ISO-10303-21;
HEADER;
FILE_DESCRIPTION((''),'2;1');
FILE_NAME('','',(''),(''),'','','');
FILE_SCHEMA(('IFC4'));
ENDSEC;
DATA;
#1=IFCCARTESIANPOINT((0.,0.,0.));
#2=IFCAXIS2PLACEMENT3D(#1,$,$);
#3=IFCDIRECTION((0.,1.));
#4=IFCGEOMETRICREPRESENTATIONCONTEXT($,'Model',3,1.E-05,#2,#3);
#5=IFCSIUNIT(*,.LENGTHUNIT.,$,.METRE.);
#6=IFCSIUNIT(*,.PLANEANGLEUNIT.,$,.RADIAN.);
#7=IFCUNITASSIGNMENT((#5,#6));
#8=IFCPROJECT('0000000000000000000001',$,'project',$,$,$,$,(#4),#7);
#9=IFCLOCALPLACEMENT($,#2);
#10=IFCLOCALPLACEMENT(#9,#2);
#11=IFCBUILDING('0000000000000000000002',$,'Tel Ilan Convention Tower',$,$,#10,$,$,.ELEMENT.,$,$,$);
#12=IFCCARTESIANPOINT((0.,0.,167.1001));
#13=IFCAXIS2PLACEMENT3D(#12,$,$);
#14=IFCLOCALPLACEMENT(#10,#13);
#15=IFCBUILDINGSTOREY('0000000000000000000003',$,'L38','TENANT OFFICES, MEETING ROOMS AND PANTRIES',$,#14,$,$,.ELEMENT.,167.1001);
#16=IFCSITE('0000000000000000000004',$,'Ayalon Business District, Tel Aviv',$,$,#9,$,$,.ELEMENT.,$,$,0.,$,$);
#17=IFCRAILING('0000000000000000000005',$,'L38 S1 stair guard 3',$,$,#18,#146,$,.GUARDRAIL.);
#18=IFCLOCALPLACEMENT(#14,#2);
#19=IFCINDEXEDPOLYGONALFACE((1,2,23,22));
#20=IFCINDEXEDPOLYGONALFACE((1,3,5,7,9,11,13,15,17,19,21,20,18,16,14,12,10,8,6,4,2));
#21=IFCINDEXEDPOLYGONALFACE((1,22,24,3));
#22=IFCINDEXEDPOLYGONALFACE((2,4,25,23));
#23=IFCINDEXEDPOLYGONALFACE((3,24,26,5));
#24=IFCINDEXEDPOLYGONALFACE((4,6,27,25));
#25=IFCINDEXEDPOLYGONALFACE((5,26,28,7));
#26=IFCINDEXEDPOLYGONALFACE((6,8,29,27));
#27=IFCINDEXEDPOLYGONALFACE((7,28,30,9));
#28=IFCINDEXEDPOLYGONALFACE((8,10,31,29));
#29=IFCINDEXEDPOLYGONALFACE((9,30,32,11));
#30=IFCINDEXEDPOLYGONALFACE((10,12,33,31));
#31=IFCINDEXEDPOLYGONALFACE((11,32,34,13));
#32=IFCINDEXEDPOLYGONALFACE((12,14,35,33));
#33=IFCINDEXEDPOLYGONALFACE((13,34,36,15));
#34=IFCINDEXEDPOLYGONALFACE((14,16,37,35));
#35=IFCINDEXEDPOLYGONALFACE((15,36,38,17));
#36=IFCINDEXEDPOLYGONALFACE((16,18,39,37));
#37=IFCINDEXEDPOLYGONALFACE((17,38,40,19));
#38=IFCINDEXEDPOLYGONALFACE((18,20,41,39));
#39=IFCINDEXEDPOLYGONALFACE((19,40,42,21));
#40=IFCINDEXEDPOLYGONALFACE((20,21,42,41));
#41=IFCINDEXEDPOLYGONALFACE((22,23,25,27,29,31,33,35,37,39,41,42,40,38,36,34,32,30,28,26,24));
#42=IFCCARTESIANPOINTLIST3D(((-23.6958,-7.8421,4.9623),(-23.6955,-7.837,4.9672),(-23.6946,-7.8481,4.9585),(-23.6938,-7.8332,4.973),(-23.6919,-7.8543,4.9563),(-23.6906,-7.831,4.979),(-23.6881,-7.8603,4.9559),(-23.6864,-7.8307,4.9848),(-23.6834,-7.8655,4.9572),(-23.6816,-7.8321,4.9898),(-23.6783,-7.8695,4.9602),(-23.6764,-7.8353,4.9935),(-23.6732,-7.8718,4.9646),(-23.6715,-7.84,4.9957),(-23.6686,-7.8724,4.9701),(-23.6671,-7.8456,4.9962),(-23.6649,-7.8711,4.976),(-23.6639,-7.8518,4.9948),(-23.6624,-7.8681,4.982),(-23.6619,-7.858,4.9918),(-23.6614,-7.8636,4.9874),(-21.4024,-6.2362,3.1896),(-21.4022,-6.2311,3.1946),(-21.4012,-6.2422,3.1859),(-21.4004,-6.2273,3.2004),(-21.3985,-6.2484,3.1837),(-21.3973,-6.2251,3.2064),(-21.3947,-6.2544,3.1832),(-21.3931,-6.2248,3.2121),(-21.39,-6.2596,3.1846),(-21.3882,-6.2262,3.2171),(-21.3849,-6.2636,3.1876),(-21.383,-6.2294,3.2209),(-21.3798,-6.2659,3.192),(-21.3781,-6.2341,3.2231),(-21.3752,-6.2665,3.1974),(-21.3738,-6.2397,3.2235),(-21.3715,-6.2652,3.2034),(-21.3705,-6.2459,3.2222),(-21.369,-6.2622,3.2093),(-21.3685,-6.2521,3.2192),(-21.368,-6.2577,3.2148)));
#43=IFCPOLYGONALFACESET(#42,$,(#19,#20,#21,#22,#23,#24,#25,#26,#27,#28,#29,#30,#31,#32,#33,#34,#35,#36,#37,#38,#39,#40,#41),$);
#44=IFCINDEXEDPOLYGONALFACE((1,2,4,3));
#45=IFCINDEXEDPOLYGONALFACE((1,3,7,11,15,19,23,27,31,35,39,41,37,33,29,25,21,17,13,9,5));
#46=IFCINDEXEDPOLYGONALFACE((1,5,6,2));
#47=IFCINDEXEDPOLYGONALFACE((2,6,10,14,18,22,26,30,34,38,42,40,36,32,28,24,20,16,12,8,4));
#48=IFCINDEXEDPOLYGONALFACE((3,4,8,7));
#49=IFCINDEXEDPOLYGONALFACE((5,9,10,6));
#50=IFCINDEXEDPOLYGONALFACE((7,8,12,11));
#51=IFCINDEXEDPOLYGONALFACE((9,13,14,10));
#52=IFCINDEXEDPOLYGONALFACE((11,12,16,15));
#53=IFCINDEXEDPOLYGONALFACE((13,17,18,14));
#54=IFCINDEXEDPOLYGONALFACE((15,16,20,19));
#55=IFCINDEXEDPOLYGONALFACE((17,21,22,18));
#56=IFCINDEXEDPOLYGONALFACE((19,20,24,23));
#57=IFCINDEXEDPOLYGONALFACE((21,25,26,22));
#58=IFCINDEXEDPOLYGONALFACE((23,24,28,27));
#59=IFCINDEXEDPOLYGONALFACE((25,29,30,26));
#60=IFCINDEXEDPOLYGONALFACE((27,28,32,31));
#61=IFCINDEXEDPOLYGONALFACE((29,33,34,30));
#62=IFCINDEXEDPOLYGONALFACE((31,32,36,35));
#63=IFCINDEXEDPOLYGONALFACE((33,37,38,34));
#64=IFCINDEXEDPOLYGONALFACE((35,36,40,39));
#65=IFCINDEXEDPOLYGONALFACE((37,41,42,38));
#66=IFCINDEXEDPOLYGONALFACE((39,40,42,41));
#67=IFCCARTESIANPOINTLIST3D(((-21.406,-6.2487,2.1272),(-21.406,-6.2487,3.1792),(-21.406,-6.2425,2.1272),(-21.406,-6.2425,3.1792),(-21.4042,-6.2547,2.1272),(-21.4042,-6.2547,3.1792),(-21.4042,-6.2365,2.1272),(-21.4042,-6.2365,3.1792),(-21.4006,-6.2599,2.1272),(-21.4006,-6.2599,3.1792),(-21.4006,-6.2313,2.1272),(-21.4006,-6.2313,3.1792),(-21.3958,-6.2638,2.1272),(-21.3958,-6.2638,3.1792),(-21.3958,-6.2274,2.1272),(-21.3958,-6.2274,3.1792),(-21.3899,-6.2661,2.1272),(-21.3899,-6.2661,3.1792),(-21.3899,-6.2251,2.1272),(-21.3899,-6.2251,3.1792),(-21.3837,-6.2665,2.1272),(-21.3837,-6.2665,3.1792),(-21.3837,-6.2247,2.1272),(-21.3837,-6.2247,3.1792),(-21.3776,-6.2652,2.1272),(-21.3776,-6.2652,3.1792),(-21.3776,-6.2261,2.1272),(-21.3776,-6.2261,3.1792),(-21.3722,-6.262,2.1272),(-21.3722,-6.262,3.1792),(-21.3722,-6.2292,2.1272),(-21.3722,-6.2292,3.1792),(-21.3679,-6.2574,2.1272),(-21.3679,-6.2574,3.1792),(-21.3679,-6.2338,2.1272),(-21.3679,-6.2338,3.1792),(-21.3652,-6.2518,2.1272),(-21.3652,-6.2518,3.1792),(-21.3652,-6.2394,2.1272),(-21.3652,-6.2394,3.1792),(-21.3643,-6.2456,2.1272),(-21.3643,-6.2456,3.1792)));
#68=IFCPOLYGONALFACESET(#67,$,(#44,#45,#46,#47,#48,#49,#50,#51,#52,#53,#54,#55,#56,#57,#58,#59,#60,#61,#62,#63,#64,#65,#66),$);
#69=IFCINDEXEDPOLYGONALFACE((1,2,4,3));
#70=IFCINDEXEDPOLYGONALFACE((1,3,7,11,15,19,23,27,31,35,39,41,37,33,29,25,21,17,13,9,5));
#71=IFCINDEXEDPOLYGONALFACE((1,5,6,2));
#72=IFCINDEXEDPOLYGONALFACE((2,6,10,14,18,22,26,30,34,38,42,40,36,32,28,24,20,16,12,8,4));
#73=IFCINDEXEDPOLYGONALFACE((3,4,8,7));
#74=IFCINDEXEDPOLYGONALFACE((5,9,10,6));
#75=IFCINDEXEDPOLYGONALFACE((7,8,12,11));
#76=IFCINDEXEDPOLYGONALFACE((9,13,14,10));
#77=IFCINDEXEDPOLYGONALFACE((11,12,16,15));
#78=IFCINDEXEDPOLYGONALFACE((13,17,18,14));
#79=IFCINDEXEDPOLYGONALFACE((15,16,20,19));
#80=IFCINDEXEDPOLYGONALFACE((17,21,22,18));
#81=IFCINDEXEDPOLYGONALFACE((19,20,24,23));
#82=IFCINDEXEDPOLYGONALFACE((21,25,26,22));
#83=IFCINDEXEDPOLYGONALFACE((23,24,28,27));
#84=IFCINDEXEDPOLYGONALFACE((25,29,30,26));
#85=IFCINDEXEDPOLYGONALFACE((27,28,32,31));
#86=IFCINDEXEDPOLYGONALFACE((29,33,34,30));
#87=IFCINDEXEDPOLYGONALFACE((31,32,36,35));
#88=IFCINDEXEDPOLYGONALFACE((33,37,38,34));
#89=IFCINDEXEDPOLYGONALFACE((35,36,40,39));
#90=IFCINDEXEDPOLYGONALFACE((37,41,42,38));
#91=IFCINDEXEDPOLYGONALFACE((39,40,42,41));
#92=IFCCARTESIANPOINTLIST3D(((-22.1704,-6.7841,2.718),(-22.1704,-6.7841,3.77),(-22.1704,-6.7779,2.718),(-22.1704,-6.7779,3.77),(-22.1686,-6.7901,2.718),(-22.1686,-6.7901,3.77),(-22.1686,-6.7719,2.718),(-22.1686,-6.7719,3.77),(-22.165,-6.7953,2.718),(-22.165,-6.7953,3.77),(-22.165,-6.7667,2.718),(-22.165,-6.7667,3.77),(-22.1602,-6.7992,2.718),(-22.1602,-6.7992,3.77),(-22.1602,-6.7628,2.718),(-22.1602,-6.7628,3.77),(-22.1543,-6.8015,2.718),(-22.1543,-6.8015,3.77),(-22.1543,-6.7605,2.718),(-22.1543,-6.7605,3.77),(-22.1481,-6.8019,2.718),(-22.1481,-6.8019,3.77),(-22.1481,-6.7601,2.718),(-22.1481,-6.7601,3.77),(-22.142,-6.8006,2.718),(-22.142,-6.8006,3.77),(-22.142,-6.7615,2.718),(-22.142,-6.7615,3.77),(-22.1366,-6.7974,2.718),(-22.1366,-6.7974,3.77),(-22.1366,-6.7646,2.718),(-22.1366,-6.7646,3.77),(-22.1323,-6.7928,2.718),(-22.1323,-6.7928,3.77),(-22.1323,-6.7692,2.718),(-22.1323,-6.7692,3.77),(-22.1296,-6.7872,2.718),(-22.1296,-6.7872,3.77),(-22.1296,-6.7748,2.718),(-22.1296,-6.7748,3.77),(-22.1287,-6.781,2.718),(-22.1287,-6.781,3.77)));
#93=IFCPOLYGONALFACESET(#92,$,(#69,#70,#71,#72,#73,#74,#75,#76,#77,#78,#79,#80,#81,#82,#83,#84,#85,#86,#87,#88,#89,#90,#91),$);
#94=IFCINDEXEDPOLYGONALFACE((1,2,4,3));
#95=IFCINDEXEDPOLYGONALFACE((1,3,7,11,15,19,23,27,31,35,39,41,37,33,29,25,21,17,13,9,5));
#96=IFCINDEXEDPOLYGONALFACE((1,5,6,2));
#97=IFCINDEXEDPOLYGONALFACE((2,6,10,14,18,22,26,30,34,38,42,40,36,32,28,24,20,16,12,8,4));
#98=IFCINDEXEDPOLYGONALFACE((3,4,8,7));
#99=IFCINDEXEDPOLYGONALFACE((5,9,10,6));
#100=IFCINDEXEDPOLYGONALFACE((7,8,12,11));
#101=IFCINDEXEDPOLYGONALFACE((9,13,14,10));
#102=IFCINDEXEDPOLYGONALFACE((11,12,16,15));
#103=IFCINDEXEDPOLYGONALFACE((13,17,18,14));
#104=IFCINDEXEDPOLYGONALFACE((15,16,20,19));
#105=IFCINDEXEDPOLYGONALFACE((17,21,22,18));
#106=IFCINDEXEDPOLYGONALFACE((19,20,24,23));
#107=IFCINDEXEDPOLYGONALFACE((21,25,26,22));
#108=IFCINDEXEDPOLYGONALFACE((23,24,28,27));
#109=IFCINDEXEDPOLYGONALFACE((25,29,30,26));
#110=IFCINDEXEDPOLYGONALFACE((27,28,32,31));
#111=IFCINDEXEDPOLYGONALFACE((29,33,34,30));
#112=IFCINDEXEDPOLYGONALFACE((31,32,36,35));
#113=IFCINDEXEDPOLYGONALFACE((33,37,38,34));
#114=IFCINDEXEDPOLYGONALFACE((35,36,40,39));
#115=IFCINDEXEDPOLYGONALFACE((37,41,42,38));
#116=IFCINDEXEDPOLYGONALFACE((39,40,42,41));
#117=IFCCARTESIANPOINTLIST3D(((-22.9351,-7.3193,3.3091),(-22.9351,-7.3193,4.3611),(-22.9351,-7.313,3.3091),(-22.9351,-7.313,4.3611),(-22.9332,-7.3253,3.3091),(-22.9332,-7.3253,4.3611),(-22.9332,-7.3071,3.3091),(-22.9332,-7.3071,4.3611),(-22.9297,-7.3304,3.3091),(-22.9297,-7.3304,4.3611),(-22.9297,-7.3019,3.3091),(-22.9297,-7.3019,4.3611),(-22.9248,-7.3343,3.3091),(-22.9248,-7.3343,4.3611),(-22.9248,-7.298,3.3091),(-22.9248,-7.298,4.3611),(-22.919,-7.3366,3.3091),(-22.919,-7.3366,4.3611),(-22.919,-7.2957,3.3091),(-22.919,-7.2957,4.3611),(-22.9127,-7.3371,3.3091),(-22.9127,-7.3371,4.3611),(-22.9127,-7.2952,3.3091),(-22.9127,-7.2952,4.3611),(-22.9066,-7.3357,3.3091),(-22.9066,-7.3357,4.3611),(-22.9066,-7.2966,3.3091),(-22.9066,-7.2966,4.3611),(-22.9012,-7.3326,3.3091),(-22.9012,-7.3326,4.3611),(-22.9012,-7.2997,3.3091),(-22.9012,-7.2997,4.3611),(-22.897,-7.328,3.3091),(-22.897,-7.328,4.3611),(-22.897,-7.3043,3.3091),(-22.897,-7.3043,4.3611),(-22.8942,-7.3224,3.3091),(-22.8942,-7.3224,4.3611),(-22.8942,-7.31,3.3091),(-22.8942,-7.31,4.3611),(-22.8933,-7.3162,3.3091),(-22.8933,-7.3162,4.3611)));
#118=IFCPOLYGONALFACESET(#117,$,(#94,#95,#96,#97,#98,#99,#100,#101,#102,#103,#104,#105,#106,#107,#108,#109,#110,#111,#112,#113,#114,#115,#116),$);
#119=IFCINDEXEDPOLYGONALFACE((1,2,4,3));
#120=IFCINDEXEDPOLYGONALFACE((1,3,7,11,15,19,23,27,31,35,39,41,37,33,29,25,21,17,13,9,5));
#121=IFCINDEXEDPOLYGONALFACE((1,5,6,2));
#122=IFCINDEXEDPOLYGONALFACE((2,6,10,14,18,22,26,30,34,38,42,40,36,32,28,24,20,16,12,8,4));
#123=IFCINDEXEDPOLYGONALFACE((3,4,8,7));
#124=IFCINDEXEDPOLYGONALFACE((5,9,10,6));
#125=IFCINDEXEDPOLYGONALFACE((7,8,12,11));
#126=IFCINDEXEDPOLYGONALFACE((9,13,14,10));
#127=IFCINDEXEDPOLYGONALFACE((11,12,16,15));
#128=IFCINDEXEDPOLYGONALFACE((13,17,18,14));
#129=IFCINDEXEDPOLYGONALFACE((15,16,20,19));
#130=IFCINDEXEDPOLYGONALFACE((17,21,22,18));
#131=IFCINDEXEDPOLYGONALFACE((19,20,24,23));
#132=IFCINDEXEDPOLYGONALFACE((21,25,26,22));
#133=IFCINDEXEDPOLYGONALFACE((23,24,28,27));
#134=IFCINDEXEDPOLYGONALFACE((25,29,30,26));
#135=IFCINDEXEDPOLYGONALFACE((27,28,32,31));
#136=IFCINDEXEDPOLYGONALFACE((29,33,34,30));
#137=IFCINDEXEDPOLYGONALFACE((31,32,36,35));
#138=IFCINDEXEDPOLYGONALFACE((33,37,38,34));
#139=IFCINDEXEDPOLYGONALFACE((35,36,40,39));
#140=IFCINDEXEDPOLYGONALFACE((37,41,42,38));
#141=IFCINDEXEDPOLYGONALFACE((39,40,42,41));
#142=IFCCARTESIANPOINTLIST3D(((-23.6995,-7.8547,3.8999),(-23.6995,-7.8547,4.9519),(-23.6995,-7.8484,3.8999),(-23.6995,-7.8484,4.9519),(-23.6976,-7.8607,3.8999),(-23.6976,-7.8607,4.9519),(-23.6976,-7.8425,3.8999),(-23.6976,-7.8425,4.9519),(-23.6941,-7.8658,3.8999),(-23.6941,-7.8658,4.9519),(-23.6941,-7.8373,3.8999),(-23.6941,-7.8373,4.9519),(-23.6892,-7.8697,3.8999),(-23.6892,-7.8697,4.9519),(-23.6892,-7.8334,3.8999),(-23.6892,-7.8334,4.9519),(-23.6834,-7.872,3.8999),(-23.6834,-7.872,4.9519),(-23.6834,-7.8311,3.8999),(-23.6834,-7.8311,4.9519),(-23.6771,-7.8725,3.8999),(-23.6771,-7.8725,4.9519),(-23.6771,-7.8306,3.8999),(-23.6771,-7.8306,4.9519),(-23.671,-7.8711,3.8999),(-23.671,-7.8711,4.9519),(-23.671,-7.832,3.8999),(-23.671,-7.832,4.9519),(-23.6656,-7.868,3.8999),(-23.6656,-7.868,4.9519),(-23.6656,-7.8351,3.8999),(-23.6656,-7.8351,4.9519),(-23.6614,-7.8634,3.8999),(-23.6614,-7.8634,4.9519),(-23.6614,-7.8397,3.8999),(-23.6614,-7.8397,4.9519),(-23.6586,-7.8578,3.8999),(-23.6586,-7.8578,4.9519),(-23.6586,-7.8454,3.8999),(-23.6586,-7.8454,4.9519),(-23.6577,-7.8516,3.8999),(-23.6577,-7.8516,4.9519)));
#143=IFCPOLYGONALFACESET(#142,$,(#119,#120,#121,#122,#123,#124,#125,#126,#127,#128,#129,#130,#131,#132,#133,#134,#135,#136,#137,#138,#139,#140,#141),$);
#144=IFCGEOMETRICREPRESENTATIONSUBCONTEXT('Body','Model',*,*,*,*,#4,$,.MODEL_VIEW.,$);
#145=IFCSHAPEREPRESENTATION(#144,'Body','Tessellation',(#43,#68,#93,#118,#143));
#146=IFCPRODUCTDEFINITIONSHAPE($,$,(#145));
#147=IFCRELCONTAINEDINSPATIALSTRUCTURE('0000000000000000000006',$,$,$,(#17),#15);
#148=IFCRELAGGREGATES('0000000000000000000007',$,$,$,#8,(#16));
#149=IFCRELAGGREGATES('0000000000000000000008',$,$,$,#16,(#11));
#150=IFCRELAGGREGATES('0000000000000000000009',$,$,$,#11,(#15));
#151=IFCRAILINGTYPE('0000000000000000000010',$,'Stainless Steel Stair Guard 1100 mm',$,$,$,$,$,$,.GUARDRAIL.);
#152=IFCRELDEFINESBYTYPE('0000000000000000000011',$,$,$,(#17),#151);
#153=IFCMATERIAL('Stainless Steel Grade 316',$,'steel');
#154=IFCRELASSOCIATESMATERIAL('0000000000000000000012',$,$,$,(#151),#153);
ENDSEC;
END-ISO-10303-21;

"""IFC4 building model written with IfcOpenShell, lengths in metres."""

from ifc_helpers import new_model, si_unit, direction, frame, origin, origin_2d, place, context, subcontext, project, spatial, circle, extrude, material, type_object, element, save


model = new_model("IFC4")

# Units and contexts
model_context = context("Model", 3, precision=1e-05, world=origin(), true_north=direction((0.0, 1.0)))
body_context = subcontext(model_context, "Body", "Model", "MODEL_VIEW")
ifc_project = project(units=[si_unit("LENGTHUNIT", "METRE"), si_unit("PLANEANGLEUNIT", "RADIAN")], contexts=[model_context])

# Site, building, storey
site_placement = place(None, origin())
site = spatial("IfcSite", under=ifc_project, at=site_placement, Name="Ayalon Business District, Tel Aviv", CompositionType="ELEMENT", RefElevation=0.0)
building_placement = place(site_placement, origin())
building = spatial("IfcBuilding", under=site, at=building_placement, Name="Tel Ilan Convention Tower", CompositionType="ELEMENT")
storey_placement = place(building_placement, frame((0.0, 0.0, 167.1001)))
storey = spatial("IfcBuildingStorey", under=building, at=storey_placement, Name="L38", Description="TENANT OFFICES, MEETING ROOMS AND PANTRIES", CompositionType="ELEMENT", Elevation=167.1001)

# Railing
ifc_material_1 = material(Name="Stainless Steel Grade 316", Category="steel")
railing_type_1 = type_object("IfcRailingType", Name="Stainless Steel Stair Guard 1100 mm", PredefinedType="GUARDRAIL", material=ifc_material_1)
railing_1_placement = place(storey_placement, frame((-21.3853, -6.2456, 2.1272)))
element("IfcRailing", 1, at=railing_1_placement, inside=storey, type_object=railing_type_1, Name="L38 S1 stair guard 3", PredefinedType="GUARDRAIL", context=body_context, shape_type="SweptSolid", body=[
    extrude(circle(Radius=0.0239, at=origin_2d()), frame((0.0, 0.0, 1.0762), z_axis=(-0.692085, -0.484621, 0.53494), x_axis=(0.573591, -0.819142, 0.0)), (0.0, 0.0, 1.0), 3.3137),
    extrude(circle(Radius=0.021, at=origin_2d()), origin(), (0.0, 0.0, 1.0), 1.052),
    extrude(circle(Radius=0.021, at=origin_2d()), frame((-0.7644, -0.5354, 0.5908)), (0.0, 0.0, 1.0), 1.052),
    extrude(circle(Radius=0.021, at=origin_2d()), frame((-1.5291, -1.0706, 1.1819)), (0.0, 0.0, 1.0), 1.052),
    extrude(circle(Radius=0.021, at=origin_2d()), frame((-2.2935, -1.606, 1.7727)), (0.0, 0.0, 1.0), 1.052),
])

save(model, "model.ifc")
